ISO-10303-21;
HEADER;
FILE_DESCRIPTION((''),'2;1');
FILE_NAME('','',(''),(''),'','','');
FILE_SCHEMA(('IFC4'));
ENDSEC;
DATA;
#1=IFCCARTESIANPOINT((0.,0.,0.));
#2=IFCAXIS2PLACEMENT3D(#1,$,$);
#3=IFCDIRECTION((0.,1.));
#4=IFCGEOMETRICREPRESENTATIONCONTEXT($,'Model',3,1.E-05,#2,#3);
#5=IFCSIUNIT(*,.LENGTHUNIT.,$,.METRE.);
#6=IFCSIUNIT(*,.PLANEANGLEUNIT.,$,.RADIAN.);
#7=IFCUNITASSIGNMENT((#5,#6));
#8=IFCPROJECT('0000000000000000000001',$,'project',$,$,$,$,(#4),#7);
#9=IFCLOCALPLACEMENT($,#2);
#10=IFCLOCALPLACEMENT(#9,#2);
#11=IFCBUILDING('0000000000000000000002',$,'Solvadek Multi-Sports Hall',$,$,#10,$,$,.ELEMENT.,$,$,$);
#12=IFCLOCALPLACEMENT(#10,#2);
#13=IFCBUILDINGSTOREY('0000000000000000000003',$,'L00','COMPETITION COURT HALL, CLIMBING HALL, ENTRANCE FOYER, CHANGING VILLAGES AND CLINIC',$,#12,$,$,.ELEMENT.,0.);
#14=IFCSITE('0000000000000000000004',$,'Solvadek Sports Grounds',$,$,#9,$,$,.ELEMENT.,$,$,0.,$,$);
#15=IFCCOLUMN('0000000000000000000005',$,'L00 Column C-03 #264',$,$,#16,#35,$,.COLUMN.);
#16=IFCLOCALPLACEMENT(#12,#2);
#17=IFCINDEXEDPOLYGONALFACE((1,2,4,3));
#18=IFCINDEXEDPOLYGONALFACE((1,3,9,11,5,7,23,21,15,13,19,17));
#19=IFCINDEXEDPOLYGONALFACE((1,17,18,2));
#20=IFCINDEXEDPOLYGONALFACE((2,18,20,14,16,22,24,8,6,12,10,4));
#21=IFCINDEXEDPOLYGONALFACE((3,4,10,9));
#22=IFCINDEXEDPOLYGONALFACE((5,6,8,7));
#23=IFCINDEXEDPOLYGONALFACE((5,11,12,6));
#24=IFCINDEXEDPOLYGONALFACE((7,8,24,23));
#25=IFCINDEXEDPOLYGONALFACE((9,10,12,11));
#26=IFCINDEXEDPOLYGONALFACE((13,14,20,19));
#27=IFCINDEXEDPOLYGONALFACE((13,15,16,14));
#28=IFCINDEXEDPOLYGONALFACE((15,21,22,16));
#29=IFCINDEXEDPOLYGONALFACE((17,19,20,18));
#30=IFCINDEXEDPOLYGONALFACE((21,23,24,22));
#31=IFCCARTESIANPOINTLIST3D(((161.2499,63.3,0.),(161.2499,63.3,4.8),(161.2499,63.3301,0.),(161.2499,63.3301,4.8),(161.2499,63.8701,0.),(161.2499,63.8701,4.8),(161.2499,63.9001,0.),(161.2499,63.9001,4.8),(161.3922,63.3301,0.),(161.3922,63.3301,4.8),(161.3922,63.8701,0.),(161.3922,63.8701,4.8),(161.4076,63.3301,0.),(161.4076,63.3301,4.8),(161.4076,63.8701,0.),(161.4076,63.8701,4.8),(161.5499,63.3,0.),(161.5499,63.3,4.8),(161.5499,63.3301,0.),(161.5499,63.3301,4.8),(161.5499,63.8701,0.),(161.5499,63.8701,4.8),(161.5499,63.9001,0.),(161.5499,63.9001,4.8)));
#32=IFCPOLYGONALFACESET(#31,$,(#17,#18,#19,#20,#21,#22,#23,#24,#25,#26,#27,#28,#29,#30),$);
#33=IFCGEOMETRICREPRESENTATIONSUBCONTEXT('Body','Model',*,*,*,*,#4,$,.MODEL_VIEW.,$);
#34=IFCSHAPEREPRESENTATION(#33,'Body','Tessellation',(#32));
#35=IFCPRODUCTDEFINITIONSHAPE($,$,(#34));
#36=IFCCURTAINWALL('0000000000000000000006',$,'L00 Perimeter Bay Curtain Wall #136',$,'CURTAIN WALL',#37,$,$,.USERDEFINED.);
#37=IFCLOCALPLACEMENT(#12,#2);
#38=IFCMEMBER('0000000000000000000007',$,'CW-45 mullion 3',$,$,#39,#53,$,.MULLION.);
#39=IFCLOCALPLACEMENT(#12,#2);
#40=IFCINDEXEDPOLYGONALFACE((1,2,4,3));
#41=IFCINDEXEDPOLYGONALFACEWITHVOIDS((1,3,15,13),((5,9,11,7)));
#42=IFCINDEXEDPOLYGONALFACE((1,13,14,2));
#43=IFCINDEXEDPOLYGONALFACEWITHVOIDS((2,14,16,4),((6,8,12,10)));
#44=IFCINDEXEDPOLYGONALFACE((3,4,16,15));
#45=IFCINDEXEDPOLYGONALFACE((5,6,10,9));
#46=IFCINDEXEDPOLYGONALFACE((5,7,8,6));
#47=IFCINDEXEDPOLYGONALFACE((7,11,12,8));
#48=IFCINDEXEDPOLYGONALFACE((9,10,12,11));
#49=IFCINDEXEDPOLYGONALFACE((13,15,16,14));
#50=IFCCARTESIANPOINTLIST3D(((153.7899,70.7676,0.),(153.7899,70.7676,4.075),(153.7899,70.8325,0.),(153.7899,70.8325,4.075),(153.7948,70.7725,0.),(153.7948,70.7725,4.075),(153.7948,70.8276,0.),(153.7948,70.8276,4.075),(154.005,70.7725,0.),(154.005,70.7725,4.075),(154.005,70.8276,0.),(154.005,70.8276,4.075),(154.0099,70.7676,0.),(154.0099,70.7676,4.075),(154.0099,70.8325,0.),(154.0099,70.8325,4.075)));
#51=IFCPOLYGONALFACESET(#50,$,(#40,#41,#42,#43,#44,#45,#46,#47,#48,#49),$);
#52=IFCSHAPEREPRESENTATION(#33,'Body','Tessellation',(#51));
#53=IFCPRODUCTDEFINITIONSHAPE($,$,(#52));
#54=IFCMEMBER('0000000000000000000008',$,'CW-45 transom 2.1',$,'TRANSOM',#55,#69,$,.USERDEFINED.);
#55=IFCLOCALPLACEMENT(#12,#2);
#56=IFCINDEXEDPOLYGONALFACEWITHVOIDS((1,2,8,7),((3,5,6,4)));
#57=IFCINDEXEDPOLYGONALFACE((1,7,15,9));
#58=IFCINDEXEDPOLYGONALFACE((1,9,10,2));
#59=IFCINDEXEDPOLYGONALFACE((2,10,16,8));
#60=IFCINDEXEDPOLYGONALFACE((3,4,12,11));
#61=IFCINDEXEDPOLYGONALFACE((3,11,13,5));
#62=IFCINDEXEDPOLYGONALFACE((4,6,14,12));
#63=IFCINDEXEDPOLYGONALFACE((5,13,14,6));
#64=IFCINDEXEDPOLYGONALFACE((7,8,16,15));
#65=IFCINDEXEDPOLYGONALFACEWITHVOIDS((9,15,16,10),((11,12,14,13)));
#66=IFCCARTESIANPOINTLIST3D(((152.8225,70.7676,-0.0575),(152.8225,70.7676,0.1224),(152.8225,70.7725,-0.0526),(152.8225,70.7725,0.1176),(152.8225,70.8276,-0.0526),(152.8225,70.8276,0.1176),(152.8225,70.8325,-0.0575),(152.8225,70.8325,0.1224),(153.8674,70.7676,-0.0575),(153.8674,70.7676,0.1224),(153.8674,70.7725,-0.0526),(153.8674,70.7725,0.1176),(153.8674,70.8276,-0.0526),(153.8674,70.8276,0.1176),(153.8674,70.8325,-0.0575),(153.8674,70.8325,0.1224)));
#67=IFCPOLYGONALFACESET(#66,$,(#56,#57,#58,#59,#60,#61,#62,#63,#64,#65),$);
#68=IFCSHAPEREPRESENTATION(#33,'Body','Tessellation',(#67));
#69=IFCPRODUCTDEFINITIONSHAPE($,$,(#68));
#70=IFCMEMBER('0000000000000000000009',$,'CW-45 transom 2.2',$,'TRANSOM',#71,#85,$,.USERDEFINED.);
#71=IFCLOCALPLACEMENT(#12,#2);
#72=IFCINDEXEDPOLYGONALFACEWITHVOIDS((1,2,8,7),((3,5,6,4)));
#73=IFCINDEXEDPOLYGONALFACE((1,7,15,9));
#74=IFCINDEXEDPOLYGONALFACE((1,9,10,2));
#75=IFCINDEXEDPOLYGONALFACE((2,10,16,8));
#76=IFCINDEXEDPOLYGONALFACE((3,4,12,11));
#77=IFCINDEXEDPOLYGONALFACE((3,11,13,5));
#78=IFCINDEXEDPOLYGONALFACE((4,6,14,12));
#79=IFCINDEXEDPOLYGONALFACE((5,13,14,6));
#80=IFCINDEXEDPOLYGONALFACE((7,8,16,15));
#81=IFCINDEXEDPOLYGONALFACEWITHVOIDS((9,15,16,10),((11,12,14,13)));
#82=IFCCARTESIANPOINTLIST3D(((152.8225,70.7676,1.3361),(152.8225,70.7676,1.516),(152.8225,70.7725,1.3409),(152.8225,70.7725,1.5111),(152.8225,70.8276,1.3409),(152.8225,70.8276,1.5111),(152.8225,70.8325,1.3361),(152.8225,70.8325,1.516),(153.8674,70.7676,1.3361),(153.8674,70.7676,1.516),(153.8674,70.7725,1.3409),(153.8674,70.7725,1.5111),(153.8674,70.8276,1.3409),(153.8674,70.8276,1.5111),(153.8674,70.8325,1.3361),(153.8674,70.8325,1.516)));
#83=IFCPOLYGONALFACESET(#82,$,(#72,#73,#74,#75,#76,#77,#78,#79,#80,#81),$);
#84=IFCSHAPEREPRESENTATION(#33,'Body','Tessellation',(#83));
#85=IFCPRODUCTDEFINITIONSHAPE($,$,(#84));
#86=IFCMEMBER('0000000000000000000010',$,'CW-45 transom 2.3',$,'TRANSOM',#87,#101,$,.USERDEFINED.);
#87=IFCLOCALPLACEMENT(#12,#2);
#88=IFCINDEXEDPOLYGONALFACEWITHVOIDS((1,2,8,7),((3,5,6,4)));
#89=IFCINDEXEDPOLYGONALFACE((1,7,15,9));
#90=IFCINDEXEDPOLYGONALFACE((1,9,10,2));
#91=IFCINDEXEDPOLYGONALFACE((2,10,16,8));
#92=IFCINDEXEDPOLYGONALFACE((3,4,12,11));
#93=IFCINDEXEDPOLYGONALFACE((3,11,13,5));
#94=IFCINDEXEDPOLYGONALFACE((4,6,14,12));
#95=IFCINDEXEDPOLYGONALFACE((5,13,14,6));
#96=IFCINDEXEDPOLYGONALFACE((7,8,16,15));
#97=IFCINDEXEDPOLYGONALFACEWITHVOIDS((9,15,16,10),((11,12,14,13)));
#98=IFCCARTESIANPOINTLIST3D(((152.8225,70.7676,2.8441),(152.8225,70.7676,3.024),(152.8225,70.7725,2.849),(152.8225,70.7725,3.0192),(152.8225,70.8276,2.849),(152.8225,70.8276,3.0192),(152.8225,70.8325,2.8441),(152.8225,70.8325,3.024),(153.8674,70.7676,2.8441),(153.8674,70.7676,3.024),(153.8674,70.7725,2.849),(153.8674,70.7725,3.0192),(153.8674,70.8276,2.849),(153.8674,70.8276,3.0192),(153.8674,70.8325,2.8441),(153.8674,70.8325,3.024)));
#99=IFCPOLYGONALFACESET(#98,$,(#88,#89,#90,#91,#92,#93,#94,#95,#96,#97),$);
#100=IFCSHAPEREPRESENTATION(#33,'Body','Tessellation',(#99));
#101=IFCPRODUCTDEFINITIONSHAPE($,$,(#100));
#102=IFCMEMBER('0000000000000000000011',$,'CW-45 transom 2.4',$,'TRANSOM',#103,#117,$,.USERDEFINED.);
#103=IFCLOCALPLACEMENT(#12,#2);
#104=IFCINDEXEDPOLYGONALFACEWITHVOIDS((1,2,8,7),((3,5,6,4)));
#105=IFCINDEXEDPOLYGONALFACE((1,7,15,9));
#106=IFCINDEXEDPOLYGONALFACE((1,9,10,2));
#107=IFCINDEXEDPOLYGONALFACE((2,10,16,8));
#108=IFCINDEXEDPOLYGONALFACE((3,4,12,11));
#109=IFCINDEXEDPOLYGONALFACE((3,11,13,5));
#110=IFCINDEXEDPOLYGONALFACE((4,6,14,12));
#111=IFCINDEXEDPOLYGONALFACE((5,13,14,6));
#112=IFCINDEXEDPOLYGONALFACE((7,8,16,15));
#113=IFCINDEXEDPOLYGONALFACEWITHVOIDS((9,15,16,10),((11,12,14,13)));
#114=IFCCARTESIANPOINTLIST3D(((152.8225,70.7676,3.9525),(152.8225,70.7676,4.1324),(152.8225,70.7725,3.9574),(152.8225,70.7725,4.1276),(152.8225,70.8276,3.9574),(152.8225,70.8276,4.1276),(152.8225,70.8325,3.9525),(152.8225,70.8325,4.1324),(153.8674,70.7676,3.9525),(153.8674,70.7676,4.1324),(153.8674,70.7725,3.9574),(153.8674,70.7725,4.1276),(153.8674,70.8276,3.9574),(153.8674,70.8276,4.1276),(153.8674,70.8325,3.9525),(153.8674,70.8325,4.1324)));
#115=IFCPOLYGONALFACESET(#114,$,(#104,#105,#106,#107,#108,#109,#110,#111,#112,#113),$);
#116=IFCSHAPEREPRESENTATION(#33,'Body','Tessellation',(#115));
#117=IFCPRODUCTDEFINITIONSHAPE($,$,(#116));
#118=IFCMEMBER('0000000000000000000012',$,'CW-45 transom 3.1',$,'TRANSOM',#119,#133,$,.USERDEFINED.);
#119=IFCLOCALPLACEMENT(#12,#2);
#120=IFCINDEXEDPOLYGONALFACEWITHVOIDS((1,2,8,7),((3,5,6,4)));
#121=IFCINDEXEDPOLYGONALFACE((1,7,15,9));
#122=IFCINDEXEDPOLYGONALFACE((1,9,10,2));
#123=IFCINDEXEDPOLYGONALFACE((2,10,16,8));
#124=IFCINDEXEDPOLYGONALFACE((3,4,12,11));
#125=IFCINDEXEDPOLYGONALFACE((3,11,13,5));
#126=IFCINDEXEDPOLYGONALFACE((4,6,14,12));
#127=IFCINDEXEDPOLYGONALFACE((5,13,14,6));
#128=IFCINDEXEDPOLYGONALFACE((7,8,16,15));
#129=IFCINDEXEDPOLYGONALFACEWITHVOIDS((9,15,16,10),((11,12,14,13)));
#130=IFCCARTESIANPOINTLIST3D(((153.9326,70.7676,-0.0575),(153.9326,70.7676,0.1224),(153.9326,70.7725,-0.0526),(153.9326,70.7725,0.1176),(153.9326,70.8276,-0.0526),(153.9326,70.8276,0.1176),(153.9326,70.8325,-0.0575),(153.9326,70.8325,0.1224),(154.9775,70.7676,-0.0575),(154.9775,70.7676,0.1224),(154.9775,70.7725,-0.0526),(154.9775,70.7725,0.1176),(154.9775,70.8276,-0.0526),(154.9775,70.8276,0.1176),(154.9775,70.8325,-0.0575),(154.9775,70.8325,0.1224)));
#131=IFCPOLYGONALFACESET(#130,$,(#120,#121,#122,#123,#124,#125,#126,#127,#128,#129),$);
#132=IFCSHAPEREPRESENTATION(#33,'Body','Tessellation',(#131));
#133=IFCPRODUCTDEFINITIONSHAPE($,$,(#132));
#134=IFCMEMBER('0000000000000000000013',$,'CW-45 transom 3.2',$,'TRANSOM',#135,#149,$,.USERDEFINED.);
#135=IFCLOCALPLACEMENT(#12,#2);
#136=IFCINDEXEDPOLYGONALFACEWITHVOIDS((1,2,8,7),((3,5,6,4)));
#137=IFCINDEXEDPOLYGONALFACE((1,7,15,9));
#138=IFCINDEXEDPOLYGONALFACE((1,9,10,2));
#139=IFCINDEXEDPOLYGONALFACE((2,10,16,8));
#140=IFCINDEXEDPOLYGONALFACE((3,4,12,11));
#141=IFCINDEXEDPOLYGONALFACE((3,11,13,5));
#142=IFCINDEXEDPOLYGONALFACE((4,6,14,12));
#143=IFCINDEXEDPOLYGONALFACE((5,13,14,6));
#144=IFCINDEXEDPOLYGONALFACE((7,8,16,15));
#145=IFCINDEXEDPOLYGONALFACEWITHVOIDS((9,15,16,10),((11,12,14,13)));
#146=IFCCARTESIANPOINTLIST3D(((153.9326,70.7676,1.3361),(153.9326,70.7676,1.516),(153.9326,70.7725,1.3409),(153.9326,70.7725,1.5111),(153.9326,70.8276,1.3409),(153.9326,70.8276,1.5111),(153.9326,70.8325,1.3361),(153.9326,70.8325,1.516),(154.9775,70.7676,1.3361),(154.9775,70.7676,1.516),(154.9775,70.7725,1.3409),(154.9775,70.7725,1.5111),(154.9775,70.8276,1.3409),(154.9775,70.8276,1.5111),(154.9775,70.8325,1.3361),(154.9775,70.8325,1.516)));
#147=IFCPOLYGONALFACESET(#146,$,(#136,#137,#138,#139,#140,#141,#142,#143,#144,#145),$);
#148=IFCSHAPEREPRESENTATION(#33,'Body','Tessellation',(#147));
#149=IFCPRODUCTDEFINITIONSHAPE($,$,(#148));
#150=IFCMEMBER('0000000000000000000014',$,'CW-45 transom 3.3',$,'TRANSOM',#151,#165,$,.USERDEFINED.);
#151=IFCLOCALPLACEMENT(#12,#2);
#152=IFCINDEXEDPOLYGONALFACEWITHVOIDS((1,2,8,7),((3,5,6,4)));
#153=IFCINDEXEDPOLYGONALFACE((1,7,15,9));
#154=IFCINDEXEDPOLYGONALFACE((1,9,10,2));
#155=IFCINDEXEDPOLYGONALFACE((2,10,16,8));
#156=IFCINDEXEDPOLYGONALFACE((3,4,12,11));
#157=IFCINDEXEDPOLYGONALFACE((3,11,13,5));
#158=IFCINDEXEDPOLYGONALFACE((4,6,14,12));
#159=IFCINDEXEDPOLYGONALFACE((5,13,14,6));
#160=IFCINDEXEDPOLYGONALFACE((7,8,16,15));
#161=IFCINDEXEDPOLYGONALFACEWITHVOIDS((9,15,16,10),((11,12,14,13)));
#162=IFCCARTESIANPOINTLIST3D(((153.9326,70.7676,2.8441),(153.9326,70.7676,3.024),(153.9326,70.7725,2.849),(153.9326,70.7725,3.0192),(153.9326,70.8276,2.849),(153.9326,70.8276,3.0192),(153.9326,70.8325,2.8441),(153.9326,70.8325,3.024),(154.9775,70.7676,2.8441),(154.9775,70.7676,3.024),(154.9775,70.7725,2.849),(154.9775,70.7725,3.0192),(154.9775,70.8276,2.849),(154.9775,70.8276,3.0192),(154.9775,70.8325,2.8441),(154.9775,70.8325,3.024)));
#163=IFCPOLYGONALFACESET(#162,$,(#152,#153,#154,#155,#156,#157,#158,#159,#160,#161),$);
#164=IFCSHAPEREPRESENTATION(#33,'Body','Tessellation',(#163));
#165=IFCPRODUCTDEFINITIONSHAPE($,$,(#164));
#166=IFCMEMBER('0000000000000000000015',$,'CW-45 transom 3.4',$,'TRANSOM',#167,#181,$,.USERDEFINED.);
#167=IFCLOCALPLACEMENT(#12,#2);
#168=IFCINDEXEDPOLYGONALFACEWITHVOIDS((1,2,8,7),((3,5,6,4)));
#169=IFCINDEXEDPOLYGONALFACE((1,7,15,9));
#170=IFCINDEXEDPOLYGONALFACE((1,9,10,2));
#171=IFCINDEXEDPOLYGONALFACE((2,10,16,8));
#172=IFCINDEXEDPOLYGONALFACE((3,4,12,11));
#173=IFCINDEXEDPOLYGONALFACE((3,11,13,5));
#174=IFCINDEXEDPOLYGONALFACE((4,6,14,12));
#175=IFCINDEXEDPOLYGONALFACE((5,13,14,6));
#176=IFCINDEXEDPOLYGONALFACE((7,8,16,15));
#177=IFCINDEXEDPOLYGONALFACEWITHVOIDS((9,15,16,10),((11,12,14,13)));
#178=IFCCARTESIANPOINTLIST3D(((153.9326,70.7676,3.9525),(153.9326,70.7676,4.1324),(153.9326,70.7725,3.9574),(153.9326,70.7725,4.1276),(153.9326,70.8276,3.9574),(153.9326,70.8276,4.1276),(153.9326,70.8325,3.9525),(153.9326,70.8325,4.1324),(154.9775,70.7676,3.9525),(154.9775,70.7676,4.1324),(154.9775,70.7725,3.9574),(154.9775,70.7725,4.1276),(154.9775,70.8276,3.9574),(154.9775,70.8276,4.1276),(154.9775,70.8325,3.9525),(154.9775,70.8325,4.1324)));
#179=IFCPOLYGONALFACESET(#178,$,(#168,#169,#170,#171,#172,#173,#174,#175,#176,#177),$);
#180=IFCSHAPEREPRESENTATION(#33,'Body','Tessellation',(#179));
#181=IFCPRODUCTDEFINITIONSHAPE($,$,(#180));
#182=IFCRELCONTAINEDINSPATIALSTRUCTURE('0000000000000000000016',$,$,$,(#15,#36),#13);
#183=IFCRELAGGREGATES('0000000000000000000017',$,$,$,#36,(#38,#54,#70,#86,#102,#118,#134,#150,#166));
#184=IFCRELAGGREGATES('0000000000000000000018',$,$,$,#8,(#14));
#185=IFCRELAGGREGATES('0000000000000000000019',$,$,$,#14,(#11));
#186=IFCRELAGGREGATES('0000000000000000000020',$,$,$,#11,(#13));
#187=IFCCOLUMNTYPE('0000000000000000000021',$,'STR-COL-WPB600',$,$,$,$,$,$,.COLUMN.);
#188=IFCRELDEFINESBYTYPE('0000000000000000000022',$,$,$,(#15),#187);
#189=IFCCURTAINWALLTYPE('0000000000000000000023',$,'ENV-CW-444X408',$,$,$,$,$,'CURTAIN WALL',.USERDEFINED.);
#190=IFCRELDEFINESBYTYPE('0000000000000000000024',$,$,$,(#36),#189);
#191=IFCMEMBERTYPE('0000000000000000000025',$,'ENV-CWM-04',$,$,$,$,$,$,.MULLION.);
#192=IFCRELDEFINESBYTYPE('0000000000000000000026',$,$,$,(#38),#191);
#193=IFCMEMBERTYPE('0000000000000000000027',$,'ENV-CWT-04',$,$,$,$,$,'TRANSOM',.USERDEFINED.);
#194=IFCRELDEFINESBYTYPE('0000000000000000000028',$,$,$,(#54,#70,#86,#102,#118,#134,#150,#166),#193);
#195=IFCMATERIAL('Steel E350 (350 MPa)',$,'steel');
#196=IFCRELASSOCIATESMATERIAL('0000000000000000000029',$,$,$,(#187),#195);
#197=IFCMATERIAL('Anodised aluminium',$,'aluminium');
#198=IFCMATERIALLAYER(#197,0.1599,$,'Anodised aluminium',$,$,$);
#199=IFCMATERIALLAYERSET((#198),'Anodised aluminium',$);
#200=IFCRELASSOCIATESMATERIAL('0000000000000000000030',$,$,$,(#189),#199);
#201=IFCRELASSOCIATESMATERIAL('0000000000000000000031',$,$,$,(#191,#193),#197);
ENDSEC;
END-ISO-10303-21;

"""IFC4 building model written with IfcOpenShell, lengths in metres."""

from ifc_helpers import new_model, si_unit, direction, frame, origin, origin_2d, place, context, subcontext, project, spatial, hollow_rectangle, i_section, extrude, material, layer, layer_set, material_profile, profile_set, type_object, element, aggregate, save


model = new_model("IFC4")

# Units and contexts
model_context = context("Model", 3, precision=1e-05, world=origin(), true_north=direction((0.0, 1.0)))
body_context = subcontext(model_context, "Body", "Model", "MODEL_VIEW")
ifc_project = project(units=[si_unit("LENGTHUNIT", "METRE"), si_unit("PLANEANGLEUNIT", "RADIAN")], contexts=[model_context])

# Site, building, storey
site_placement = place(None, origin())
site = spatial("IfcSite", under=ifc_project, at=site_placement, Name="Solvadek Sports Grounds", CompositionType="ELEMENT", RefElevation=0.0)
building_placement = place(site_placement, origin())
building = spatial("IfcBuilding", under=site, at=building_placement, Name="Solvadek Multi-Sports Hall", CompositionType="ELEMENT")
storey_placement = place(building_placement, origin())
storey = spatial("IfcBuildingStorey", under=building, at=storey_placement, Name="L00", Description="COMPETITION COURT HALL, CLIMBING HALL, ENTRANCE FOYER, CHANGING VILLAGES AND CLINIC", CompositionType="ELEMENT", Elevation=0.0)

# Column
ifc_material_1 = material(Name="Steel E350 (350 MPa)", Category="steel")
ifc_material_profile_1 = material_profile(ifc_material_1, i_section(OverallWidth=0.3, OverallDepth=0.6001, WebThickness=0.0154, FlangeThickness=0.03, at=origin_2d()), Name="WPB 600")
ifc_profile_set_1 = profile_set([ifc_material_profile_1], Name="Steel E350 (350 MPa)")
column_type = type_object("IfcColumnType", Name="STR-COL-WPB600", PredefinedType="COLUMN", material=ifc_profile_set_1)
column_placement = place(storey_placement, frame((161.3999, 63.6001, 0.0), z_axis=(0.0, 0.0, 1.0), x_axis=(1.0, 0.0, 0.0)))
element("IfcColumn", 1, at=column_placement, inside=storey, type_object=column_type, Name="L00 Column C-03 #264", PredefinedType="COLUMN", context=body_context, shape_type="SweptSolid", body=[
    extrude(i_section(OverallWidth=0.3, OverallDepth=0.6001, WebThickness=0.0154, FlangeThickness=0.03, at=origin_2d()), origin(), (0.0, 0.0, 1.0), 4.8),
])

# Curtain wall, members
ifc_material_2 = material(Name="Anodised aluminium", Category="aluminium")
ifc_layer_1 = layer(ifc_material_2, 0.1599, Name="Anodised aluminium")
ifc_layer_set_1 = layer_set([ifc_layer_1], Name="Anodised aluminium")
curtain_wall_type = type_object("IfcCurtainWallType", Name="ENV-CW-444X408", ElementType="CURTAIN WALL", PredefinedType="USERDEFINED", material=ifc_layer_set_1)
curtain_wall_placement = place(storey_placement, origin())
curtain_wall = element("IfcCurtainWall", 2, at=curtain_wall_placement, inside=storey, type_object=curtain_wall_type, Name="L00 Perimeter Bay Curtain Wall #136", ObjectType="CURTAIN WALL", PredefinedType="USERDEFINED")
ifc_material_profile_2 = material_profile(ifc_material_2, hollow_rectangle(XDim=0.0649, YDim=0.22, WallThickness=0.0049, at=origin_2d()), Name="ALU-M 220x65x5")
ifc_profile_set_2 = profile_set([ifc_material_profile_2], Name="Anodised aluminium")
member_type_1 = type_object("IfcMemberType", Name="ENV-CWM-04", PredefinedType="MULLION", material=ifc_profile_set_2)
member_1_placement = place(storey_placement, frame((153.8999, 70.8, 0.0), z_axis=(0.0, 0.0, 1.0), x_axis=(0.0, 1.0, 0.0)))
member_1 = element("IfcMember", 3, at=member_1_placement, type_object=member_type_1, Name="CW-45 mullion 3", PredefinedType="MULLION", context=body_context, shape_type="SweptSolid", body=[
    extrude(hollow_rectangle(XDim=0.0649, YDim=0.22, WallThickness=0.0049, at=origin_2d()), origin(), (0.0, 0.0, 1.0), 4.075),
])
ifc_material_profile_3 = material_profile(ifc_material_2, hollow_rectangle(XDim=0.0649, YDim=0.1799, WallThickness=0.0049, at=origin_2d()), Name="ALU-T 180x65x5")
ifc_profile_set_3 = profile_set([ifc_material_profile_3], Name="Anodised aluminium")
member_type_2 = type_object("IfcMemberType", Name="ENV-CWT-04", ElementType="TRANSOM", PredefinedType="USERDEFINED", material=ifc_profile_set_3)
member_2_placement = place(storey_placement, frame((152.8225, 70.8, 0.0325), z_axis=(1.0, 0.0, 0.0), x_axis=(0.0, 1.0, 0.0)))
member_2 = element("IfcMember", 4, at=member_2_placement, type_object=member_type_2, Name="CW-45 transom 2.1", ObjectType="TRANSOM", PredefinedType="USERDEFINED", context=body_context, shape_type="SweptSolid", body=[
    extrude(hollow_rectangle(XDim=0.0649, YDim=0.1799, WallThickness=0.0049, at=origin_2d()), origin(), (0.0, 0.0, 1.0), 1.0449),
])
member_3_placement = place(storey_placement, frame((152.8225, 70.8, 1.426), z_axis=(1.0, 0.0, 0.0), x_axis=(0.0, 1.0, 0.0)))
member_3 = element("IfcMember", 5, at=member_3_placement, type_object=member_type_2, Name="CW-45 transom 2.2", ObjectType="TRANSOM", PredefinedType="USERDEFINED", context=body_context, shape_type="SweptSolid", body=[
    extrude(hollow_rectangle(XDim=0.0649, YDim=0.1799, WallThickness=0.0049, at=origin_2d()), origin(), (0.0, 0.0, 1.0), 1.0449),
])
member_4_placement = place(storey_placement, frame((152.8225, 70.8, 2.9341), z_axis=(1.0, 0.0, 0.0), x_axis=(0.0, 1.0, 0.0)))
member_4 = element("IfcMember", 6, at=member_4_placement, type_object=member_type_2, Name="CW-45 transom 2.3", ObjectType="TRANSOM", PredefinedType="USERDEFINED", context=body_context, shape_type="SweptSolid", body=[
    extrude(hollow_rectangle(XDim=0.0649, YDim=0.1799, WallThickness=0.0049, at=origin_2d()), origin(), (0.0, 0.0, 1.0), 1.0449),
])
member_5_placement = place(storey_placement, frame((152.8225, 70.8, 4.0425), z_axis=(1.0, 0.0, 0.0), x_axis=(0.0, 1.0, 0.0)))
member_5 = element("IfcMember", 7, at=member_5_placement, type_object=member_type_2, Name="CW-45 transom 2.4", ObjectType="TRANSOM", PredefinedType="USERDEFINED", context=body_context, shape_type="SweptSolid", body=[
    extrude(hollow_rectangle(XDim=0.0649, YDim=0.1799, WallThickness=0.0049, at=origin_2d()), origin(), (0.0, 0.0, 1.0), 1.0449),
])
member_6_placement = place(storey_placement, frame((153.9326, 70.8, 0.0325), z_axis=(1.0, 0.0, 0.0), x_axis=(0.0, 1.0, 0.0)))
member_6 = element("IfcMember", 8, at=member_6_placement, type_object=member_type_2, Name="CW-45 transom 3.1", ObjectType="TRANSOM", PredefinedType="USERDEFINED", context=body_context, shape_type="SweptSolid", body=[
    extrude(hollow_rectangle(XDim=0.0649, YDim=0.1799, WallThickness=0.0049, at=origin_2d()), origin(), (0.0, 0.0, 1.0), 1.0449),
])
member_7_placement = place(storey_placement, frame((153.9326, 70.8, 1.426), z_axis=(1.0, 0.0, 0.0), x_axis=(0.0, 1.0, 0.0)))
member_7 = element("IfcMember", 9, at=member_7_placement, type_object=member_type_2, Name="CW-45 transom 3.2", ObjectType="TRANSOM", PredefinedType="USERDEFINED", context=body_context, shape_type="SweptSolid", body=[
    extrude(hollow_rectangle(XDim=0.0649, YDim=0.1799, WallThickness=0.0049, at=origin_2d()), origin(), (0.0, 0.0, 1.0), 1.0449),
])
member_8_placement = place(storey_placement, frame((153.9326, 70.8, 2.9341), z_axis=(1.0, 0.0, 0.0), x_axis=(0.0, 1.0, 0.0)))
member_8 = element("IfcMember", 10, at=member_8_placement, type_object=member_type_2, Name="CW-45 transom 3.3", ObjectType="TRANSOM", PredefinedType="USERDEFINED", context=body_context, shape_type="SweptSolid", body=[
    extrude(hollow_rectangle(XDim=0.0649, YDim=0.1799, WallThickness=0.0049, at=origin_2d()), origin(), (0.0, 0.0, 1.0), 1.0449),
])
member_9_placement = place(storey_placement, frame((153.9326, 70.8, 4.0425), z_axis=(1.0, 0.0, 0.0), x_axis=(0.0, 1.0, 0.0)))
member_9 = element("IfcMember", 11, at=member_9_placement, type_object=member_type_2, Name="CW-45 transom 3.4", ObjectType="TRANSOM", PredefinedType="USERDEFINED", context=body_context, shape_type="SweptSolid", body=[
    extrude(hollow_rectangle(XDim=0.0649, YDim=0.1799, WallThickness=0.0049, at=origin_2d()), origin(), (0.0, 0.0, 1.0), 1.0449),
])

aggregate(curtain_wall, [member_1, member_2, member_3, member_4, member_5, member_6, member_7, member_8, member_9])

save(model, "model.ifc")
